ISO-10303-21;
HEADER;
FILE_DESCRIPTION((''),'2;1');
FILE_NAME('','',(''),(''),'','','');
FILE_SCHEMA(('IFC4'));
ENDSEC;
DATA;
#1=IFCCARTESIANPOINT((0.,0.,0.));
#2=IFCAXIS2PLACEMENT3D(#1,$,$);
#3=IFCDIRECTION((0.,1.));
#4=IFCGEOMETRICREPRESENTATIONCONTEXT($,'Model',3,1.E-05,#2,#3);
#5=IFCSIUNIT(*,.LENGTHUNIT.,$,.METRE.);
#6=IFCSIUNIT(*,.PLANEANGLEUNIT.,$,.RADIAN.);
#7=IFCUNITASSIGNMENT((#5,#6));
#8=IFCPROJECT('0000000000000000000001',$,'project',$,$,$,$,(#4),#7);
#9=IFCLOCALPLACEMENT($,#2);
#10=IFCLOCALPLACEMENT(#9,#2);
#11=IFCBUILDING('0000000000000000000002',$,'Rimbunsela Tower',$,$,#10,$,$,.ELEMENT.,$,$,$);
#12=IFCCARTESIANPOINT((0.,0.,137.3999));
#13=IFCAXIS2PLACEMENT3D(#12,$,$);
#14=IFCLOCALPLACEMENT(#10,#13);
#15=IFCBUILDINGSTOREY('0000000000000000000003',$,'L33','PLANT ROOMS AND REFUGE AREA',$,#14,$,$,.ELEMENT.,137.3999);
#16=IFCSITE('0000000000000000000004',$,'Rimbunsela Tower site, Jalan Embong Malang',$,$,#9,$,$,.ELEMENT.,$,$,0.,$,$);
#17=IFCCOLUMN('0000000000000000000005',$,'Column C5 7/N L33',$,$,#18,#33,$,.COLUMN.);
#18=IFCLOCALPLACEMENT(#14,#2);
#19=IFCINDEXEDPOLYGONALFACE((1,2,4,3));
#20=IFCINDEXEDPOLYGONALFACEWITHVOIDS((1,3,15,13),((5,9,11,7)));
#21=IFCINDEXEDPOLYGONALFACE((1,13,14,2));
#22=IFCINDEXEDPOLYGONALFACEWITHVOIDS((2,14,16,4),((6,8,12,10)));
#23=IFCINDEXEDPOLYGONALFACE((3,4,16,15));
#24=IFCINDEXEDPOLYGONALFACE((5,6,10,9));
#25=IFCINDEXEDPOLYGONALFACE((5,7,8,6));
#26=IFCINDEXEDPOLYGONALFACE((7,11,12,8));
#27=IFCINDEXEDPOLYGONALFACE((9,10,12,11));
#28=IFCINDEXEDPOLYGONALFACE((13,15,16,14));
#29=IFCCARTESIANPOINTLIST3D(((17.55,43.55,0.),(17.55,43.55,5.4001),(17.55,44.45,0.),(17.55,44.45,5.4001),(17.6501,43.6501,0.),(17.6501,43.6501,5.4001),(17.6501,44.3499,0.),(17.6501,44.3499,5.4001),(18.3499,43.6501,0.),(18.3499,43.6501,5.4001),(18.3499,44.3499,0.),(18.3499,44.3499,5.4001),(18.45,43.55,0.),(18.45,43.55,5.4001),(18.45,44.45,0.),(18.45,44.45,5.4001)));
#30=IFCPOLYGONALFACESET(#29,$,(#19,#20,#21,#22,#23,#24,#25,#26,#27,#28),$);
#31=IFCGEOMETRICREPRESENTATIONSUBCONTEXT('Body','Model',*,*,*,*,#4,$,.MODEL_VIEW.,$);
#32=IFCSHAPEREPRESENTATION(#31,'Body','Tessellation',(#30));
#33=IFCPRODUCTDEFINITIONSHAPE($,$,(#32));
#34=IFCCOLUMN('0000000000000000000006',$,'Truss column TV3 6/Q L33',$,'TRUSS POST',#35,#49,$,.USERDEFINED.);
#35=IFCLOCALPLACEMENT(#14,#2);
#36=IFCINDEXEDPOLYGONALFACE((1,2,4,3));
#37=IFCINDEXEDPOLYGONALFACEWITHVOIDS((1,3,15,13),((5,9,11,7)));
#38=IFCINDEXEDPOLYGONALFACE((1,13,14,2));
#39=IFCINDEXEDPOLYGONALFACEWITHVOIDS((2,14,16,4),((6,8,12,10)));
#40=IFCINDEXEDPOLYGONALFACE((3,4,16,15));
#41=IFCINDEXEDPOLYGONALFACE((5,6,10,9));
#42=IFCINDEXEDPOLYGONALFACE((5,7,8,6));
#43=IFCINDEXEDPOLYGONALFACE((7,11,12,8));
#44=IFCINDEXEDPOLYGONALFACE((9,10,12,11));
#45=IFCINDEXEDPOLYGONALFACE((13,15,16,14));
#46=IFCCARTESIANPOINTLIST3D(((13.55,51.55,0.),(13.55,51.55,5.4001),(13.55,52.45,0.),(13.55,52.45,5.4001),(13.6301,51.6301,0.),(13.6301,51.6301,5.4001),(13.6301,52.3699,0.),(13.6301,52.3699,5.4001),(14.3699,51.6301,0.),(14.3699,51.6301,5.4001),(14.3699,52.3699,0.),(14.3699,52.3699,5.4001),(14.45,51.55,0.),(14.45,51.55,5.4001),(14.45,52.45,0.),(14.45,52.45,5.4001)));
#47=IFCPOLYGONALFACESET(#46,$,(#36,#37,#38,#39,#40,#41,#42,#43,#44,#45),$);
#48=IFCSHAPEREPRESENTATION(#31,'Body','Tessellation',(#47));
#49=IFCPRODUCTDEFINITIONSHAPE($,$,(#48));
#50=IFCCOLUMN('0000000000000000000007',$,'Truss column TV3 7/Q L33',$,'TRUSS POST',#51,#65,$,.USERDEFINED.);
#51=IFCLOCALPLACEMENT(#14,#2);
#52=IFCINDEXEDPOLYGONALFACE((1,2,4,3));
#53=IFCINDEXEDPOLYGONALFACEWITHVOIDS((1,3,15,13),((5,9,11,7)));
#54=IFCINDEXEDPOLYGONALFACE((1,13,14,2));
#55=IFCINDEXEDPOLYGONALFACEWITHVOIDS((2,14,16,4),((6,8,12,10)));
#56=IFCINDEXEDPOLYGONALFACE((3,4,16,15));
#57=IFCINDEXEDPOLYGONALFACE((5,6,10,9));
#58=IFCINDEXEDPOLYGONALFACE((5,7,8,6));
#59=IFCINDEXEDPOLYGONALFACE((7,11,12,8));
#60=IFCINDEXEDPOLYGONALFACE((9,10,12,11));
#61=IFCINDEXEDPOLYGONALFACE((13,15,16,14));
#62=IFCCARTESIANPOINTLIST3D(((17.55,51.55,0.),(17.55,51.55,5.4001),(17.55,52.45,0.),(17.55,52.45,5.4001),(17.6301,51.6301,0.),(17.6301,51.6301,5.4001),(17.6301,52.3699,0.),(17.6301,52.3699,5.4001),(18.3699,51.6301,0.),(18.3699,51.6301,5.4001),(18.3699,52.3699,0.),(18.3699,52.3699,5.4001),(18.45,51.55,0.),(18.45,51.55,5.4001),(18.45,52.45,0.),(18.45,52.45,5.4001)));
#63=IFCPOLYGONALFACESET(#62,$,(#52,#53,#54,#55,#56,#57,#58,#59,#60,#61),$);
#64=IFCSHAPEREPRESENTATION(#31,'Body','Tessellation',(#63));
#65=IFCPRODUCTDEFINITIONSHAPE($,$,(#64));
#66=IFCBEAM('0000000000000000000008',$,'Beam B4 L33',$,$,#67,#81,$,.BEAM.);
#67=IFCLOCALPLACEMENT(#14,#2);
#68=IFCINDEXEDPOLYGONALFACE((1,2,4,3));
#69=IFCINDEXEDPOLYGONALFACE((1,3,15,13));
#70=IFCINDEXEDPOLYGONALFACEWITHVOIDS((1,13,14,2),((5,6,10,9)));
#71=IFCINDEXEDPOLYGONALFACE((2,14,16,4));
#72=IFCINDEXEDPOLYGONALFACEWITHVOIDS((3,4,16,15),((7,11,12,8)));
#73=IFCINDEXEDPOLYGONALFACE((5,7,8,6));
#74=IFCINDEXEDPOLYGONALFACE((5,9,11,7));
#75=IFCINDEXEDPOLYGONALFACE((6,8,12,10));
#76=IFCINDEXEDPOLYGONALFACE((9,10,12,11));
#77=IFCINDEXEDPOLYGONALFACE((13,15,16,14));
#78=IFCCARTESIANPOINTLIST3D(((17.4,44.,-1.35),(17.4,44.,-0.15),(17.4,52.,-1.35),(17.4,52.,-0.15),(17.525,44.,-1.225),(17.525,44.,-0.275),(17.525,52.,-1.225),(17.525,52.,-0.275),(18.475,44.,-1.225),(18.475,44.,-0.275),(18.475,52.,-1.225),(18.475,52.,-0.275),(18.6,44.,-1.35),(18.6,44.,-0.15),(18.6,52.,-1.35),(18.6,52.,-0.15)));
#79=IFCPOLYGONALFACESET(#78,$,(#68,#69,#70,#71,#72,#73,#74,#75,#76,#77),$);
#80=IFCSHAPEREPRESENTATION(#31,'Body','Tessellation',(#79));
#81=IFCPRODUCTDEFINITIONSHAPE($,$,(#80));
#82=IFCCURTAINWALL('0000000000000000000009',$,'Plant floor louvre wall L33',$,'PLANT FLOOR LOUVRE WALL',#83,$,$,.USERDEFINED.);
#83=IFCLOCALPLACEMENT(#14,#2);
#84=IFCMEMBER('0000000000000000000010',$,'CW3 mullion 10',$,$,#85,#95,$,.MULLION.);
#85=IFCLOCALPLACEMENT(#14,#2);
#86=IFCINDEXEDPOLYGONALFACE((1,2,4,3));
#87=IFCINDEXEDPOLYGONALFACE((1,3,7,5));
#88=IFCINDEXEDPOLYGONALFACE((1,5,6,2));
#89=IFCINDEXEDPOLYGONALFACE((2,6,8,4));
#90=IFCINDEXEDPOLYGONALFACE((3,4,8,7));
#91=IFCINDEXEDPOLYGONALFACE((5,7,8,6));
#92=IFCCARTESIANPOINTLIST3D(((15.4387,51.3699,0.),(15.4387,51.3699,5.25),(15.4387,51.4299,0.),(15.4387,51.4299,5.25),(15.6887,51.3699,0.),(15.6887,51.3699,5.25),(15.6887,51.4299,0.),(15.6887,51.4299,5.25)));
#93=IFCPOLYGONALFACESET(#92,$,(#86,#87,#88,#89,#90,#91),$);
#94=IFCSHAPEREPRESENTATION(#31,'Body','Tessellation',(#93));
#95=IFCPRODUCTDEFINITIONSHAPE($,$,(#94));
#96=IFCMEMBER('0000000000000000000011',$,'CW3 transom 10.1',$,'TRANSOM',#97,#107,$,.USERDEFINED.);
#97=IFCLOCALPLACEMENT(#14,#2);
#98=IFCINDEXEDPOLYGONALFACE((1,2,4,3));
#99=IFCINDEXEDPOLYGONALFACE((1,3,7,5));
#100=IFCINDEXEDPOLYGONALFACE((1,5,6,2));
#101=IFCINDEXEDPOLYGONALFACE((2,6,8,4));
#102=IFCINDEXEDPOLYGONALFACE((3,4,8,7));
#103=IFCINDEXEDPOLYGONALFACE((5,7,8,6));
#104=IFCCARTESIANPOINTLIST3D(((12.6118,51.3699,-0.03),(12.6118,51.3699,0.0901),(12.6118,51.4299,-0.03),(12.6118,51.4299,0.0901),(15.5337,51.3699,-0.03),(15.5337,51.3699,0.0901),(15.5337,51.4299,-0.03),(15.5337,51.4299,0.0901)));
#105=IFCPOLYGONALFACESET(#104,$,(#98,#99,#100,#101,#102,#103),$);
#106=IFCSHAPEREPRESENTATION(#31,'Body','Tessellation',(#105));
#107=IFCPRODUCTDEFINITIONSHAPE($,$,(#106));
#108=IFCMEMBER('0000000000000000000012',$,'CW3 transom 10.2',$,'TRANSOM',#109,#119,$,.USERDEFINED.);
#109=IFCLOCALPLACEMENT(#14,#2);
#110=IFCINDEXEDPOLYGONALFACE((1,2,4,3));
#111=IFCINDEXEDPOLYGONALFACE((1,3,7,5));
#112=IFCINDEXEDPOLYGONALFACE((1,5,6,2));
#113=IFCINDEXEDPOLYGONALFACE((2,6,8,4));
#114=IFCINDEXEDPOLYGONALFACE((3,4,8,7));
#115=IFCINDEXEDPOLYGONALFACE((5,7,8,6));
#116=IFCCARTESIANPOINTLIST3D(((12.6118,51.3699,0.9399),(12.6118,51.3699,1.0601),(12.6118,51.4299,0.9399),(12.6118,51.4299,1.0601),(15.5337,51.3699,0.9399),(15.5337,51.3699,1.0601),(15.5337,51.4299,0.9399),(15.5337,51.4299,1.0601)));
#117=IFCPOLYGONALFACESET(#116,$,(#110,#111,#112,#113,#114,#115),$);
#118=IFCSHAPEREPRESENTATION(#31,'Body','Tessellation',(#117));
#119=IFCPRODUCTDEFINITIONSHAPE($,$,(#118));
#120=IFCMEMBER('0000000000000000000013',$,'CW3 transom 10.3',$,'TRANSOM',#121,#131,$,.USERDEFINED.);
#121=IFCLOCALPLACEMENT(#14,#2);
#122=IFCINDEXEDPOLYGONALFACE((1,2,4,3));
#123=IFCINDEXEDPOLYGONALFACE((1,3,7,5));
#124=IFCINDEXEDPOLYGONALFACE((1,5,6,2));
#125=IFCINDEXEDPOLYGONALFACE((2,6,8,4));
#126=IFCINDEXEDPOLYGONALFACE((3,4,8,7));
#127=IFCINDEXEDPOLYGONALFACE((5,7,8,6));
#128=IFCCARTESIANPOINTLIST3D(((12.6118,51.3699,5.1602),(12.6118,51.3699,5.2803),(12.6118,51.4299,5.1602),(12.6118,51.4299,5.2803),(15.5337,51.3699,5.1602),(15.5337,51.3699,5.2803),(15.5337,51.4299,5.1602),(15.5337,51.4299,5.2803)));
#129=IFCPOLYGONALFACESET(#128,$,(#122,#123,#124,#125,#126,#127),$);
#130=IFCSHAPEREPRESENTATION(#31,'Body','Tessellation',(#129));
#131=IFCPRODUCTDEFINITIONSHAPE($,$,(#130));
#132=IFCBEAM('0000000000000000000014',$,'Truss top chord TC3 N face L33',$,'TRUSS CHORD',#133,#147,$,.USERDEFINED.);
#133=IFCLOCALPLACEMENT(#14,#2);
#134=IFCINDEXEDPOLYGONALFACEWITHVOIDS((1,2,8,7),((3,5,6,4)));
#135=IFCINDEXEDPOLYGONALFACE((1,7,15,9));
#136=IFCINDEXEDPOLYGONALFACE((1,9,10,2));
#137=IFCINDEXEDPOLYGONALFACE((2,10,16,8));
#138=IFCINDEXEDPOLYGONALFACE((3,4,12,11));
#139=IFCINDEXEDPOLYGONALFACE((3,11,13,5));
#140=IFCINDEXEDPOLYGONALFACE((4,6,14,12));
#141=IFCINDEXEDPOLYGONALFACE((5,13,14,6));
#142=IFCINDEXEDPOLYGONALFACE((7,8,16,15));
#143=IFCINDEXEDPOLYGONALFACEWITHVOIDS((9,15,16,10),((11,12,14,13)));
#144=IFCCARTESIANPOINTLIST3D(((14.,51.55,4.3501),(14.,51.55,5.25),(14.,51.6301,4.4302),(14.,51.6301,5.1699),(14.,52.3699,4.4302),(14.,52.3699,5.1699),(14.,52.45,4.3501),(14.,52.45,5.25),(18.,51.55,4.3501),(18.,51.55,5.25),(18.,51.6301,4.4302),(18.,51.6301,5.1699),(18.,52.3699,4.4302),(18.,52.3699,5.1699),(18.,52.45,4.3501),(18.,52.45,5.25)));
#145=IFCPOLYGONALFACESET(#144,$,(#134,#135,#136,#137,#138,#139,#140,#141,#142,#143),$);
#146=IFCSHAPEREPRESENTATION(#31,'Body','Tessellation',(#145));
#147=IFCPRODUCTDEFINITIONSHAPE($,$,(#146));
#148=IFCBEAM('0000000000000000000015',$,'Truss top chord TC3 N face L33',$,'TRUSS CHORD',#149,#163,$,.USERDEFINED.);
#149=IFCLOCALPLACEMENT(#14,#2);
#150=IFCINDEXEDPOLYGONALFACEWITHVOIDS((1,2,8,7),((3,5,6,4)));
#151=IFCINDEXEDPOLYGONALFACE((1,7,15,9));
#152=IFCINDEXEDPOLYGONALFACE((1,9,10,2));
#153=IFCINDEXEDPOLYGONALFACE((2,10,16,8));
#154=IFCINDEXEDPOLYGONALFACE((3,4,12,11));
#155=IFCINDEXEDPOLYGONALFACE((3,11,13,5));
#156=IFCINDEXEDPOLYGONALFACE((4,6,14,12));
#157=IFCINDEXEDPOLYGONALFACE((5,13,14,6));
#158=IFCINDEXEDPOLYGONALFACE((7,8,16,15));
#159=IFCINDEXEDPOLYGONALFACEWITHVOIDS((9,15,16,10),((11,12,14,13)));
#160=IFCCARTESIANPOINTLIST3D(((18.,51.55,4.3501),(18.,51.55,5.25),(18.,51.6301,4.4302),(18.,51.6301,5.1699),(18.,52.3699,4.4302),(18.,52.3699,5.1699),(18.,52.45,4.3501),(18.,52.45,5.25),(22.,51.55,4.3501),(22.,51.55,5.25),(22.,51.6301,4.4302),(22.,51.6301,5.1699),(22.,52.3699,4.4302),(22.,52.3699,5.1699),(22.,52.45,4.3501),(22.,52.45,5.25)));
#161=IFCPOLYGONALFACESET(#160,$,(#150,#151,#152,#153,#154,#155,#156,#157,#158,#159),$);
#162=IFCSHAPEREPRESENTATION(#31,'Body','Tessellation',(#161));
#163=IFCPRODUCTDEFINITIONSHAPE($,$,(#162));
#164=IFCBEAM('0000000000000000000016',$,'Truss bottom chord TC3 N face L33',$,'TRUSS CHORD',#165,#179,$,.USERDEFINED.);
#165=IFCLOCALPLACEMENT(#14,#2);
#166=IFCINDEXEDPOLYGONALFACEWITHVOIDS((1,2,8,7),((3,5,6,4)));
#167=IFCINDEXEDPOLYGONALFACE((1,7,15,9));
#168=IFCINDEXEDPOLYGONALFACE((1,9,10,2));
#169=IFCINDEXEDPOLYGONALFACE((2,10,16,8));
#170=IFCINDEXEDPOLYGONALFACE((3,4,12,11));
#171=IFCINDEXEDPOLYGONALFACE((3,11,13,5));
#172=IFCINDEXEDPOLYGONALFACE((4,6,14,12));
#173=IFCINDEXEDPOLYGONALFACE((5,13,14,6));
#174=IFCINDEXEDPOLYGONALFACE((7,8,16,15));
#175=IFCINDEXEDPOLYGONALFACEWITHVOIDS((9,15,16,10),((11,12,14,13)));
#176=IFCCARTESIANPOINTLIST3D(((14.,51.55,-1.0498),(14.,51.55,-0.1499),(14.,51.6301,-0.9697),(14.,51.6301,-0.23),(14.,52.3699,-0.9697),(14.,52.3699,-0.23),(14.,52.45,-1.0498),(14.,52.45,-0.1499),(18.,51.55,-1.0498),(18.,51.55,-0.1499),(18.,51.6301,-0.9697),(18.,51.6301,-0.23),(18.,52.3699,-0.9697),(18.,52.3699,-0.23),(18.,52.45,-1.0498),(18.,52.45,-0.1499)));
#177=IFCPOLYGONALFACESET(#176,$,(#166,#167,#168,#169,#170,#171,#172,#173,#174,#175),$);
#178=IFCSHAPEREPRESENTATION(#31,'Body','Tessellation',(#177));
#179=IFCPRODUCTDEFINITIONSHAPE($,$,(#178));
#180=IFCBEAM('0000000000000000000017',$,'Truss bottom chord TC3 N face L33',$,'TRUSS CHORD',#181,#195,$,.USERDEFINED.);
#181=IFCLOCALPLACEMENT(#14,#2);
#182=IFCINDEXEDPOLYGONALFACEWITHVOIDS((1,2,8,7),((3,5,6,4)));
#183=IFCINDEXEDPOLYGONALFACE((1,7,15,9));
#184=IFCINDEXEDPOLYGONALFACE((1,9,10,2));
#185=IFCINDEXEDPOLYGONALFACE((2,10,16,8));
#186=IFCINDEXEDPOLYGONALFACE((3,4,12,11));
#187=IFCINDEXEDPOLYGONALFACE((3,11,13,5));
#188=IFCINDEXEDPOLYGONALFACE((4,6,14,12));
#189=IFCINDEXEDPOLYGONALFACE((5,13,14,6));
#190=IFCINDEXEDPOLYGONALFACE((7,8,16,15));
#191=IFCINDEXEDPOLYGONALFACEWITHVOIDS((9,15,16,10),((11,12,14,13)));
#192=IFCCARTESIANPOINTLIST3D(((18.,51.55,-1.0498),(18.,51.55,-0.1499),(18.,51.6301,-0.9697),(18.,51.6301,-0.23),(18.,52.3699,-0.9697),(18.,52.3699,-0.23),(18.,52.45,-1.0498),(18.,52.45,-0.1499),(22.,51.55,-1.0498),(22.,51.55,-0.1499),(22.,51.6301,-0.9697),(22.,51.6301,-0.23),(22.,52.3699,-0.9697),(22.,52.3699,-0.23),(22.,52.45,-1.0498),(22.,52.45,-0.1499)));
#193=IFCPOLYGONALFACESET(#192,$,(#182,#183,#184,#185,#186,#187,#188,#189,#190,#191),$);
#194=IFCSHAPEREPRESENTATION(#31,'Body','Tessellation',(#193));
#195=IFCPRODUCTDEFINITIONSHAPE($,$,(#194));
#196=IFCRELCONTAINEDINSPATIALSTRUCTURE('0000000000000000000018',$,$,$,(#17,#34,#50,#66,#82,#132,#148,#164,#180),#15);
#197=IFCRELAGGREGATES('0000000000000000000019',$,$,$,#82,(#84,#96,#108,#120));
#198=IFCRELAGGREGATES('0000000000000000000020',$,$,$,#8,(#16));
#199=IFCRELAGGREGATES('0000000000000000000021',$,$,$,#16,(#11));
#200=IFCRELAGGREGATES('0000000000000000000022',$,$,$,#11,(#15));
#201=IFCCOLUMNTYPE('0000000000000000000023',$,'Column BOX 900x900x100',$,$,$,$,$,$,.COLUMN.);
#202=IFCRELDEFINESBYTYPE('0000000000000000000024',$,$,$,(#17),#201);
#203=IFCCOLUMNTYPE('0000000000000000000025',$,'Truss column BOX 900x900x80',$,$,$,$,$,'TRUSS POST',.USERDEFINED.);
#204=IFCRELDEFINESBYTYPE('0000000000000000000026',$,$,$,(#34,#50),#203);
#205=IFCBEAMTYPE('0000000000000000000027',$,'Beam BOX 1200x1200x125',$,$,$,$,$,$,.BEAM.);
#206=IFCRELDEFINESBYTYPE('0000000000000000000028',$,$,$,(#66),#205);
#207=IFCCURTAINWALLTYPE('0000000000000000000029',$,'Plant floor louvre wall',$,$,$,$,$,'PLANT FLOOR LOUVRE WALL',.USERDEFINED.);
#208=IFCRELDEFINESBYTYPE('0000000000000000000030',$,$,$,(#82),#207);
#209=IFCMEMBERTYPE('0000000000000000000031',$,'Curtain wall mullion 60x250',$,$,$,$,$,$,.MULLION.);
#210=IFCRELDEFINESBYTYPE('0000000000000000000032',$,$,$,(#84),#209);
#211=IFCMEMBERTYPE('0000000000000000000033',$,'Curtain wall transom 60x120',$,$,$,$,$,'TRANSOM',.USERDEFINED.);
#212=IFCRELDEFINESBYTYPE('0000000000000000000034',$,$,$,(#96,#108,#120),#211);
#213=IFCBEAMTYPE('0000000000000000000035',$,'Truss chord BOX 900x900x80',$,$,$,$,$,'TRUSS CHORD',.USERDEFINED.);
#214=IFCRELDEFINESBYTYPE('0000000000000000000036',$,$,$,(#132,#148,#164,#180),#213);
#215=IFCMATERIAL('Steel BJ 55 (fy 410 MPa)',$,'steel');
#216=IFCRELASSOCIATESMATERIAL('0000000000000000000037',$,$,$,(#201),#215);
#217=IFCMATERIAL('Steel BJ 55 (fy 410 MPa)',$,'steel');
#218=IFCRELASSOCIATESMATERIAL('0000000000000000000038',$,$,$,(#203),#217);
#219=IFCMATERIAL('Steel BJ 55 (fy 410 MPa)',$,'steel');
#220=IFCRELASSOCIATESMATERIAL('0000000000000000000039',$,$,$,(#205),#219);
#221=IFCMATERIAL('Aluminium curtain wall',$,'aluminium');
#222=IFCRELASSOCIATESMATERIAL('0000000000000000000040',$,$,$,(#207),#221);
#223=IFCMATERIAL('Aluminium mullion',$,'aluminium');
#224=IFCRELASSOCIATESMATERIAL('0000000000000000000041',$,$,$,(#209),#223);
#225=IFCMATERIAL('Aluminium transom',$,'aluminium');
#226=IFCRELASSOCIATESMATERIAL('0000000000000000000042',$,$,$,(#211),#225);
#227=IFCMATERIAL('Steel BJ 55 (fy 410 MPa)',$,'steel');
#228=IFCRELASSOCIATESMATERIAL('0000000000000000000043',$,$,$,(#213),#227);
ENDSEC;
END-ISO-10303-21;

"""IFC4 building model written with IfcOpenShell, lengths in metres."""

from ifc_helpers import new_model, si_unit, direction, frame, origin, origin_2d, place, context, subcontext, project, spatial, rectangle, hollow_rectangle, extrude, material, material_profile, profile_set, type_object, element, aggregate, save


model = new_model("IFC4")

# Units and contexts
model_context = context("Model", 3, precision=1e-05, world=origin(), true_north=direction((0.0, 1.0)))
body_context = subcontext(model_context, "Body", "Model", "MODEL_VIEW")
ifc_project = project(units=[si_unit("LENGTHUNIT", "METRE"), si_unit("PLANEANGLEUNIT", "RADIAN")], contexts=[model_context])

# Site, building, storey
site_placement = place(None, origin())
site = spatial("IfcSite", under=ifc_project, at=site_placement, Name="Rimbunsela Tower site, Jalan Embong Malang", CompositionType="ELEMENT", RefElevation=0.0)
building_placement = place(site_placement, origin())
building = spatial("IfcBuilding", under=site, at=building_placement, Name="Rimbunsela Tower", CompositionType="ELEMENT")
storey_placement = place(building_placement, frame((0.0, 0.0, 137.3999)))
storey = spatial("IfcBuildingStorey", under=building, at=storey_placement, Name="L33", Description="PLANT ROOMS AND REFUGE AREA", CompositionType="ELEMENT", Elevation=137.3999)

# Columns
ifc_material_1 = material(Name="Steel BJ 55 (fy 410 MPa)", Category="steel")
ifc_material_profile_1 = material_profile(ifc_material_1, hollow_rectangle(XDim=0.8999, YDim=0.8999, WallThickness=0.1001, at=origin_2d()), Name="BOX 900x900x100")
ifc_profile_set_1 = profile_set([ifc_material_profile_1], Name="Steel BJ 55 (fy 410 MPa)")
column_type_1 = type_object("IfcColumnType", Name="Column BOX 900x900x100", PredefinedType="COLUMN", material=ifc_profile_set_1)
column_placement = place(storey_placement, frame((18.0, 44.0, 0.0), z_axis=(0.0, 0.0, 1.0), x_axis=(1.0, 0.0, 0.0)))
element("IfcColumn", 1, at=column_placement, inside=storey, type_object=column_type_1, Name="Column C5 7/N L33", PredefinedType="COLUMN", context=body_context, shape_type="SweptSolid", body=[
    extrude(hollow_rectangle(XDim=0.8999, YDim=0.8999, WallThickness=0.1001, at=origin_2d()), origin(), (0.0, 0.0, 1.0), 5.4001),
])
ifc_material_2 = material(Name="Steel BJ 55 (fy 410 MPa)", Category="steel")
ifc_material_profile_2 = material_profile(ifc_material_2, hollow_rectangle(XDim=0.8999, YDim=0.8999, WallThickness=0.0801, at=origin_2d()), Name="BOX 900x900x80")
ifc_profile_set_2 = profile_set([ifc_material_profile_2], Name="Steel BJ 55 (fy 410 MPa)")
column_type_2 = type_object("IfcColumnType", Name="Truss column BOX 900x900x80", ElementType="TRUSS POST", PredefinedType="USERDEFINED", material=ifc_profile_set_2)
for number, where, z_axis, x_axis, name in (
    (2, (14.0, 52.0, 0.0), (0.0, 0.0, 1.0), (1.0, 0.0, 0.0), "Truss column TV3 6/Q L33"),
    (3, (18.0, 52.0, 0.0), (0.0, 0.0, 1.0), (1.0, 0.0, 0.0), "Truss column TV3 7/Q L33"),
):
    element("IfcColumn", number, at=place(storey_placement, frame(where, z_axis=z_axis, x_axis=x_axis)), inside=storey, type_object=column_type_2, Name=name, ObjectType="TRUSS POST", PredefinedType="USERDEFINED", context=body_context, shape_type="SweptSolid", body=[
        extrude(hollow_rectangle(XDim=0.8999, YDim=0.8999, WallThickness=0.0801, at=origin_2d()), origin(), (0.0, 0.0, 1.0), 5.4001),
    ])

# Beam
ifc_material_3 = material(Name="Steel BJ 55 (fy 410 MPa)", Category="steel")
ifc_material_profile_3 = material_profile(ifc_material_3, hollow_rectangle(XDim=1.2, YDim=1.2, WallThickness=0.125, at=origin_2d()), Name="BOX 1200x1200x125")
ifc_profile_set_3 = profile_set([ifc_material_profile_3], Name="Steel BJ 55 (fy 410 MPa)")
beam_type_1 = type_object("IfcBeamType", Name="Beam BOX 1200x1200x125", PredefinedType="BEAM", material=ifc_profile_set_3)
beam_placement = place(storey_placement, frame((18.0, 44.0, -0.75), z_axis=(0.0, 1.0, 0.0), x_axis=(-1.0, 0.0, 0.0)))
element("IfcBeam", 4, at=beam_placement, inside=storey, type_object=beam_type_1, Name="Beam B4 L33", PredefinedType="BEAM", context=body_context, shape_type="SweptSolid", body=[
    extrude(hollow_rectangle(XDim=1.2, YDim=1.2, WallThickness=0.125, at=origin_2d()), origin(), (0.0, 0.0, 1.0), 8.0),
])

# Curtain wall, members
ifc_material_4 = material(Name="Aluminium curtain wall", Category="aluminium")
curtain_wall_type = type_object("IfcCurtainWallType", Name="Plant floor louvre wall", ElementType="PLANT FLOOR LOUVRE WALL", PredefinedType="USERDEFINED", material=ifc_material_4)
curtain_wall_placement = place(storey_placement, origin())
curtain_wall = element("IfcCurtainWall", 5, at=curtain_wall_placement, inside=storey, type_object=curtain_wall_type, Name="Plant floor louvre wall L33", ObjectType="PLANT FLOOR LOUVRE WALL", PredefinedType="USERDEFINED")
ifc_material_5 = material(Name="Aluminium mullion", Category="aluminium")
ifc_material_profile_4 = material_profile(ifc_material_5, rectangle(XDim=0.0601, YDim=0.25, at=origin_2d()), Name="Mullion 60x250")
ifc_profile_set_4 = profile_set([ifc_material_profile_4], Name="Aluminium mullion")
member_type_1 = type_object("IfcMemberType", Name="Curtain wall mullion 60x250", PredefinedType="MULLION", material=ifc_profile_set_4)
member_1_placement = place(storey_placement, frame((15.5637, 51.3999, 0.0), z_axis=(0.0, 0.0, 1.0), x_axis=(0.0, -1.0, 0.0)))
member_1 = element("IfcMember", 6, at=member_1_placement, type_object=member_type_1, Name="CW3 mullion 10", PredefinedType="MULLION", context=body_context, shape_type="SweptSolid", body=[
    extrude(rectangle(XDim=0.0601, YDim=0.25, at=origin_2d()), origin(), (0.0, 0.0, 1.0), 5.25),
])
ifc_material_6 = material(Name="Aluminium transom", Category="aluminium")
ifc_material_profile_5 = material_profile(ifc_material_6, rectangle(XDim=0.0601, YDim=0.1201, at=origin_2d()), Name="Transom 60x120")
ifc_profile_set_5 = profile_set([ifc_material_profile_5], Name="Aluminium transom")
member_type_2 = type_object("IfcMemberType", Name="Curtain wall transom 60x120", ElementType="TRANSOM", PredefinedType="USERDEFINED", material=ifc_profile_set_5)
member_2_placement = place(storey_placement, frame((15.5337, 51.3999, 0.03), z_axis=(-1.0, 0.0, 0.0), x_axis=(0.0, -1.0, 0.0)))
member_2 = element("IfcMember", 7, at=member_2_placement, type_object=member_type_2, Name="CW3 transom 10.1", ObjectType="TRANSOM", PredefinedType="USERDEFINED", context=body_context, shape_type="SweptSolid", body=[
    extrude(rectangle(XDim=0.0601, YDim=0.1201, at=origin_2d()), origin(), (0.0, 0.0, 1.0), 2.9219),
])
member_3_placement = place(storey_placement, frame((15.5337, 51.3999, 1.0), z_axis=(-1.0, 0.0, 0.0), x_axis=(0.0, -1.0, 0.0)))
member_3 = element("IfcMember", 8, at=member_3_placement, type_object=member_type_2, Name="CW3 transom 10.2", ObjectType="TRANSOM", PredefinedType="USERDEFINED", context=body_context, shape_type="SweptSolid", body=[
    extrude(rectangle(XDim=0.0601, YDim=0.1201, at=origin_2d()), origin(), (0.0, 0.0, 1.0), 2.9219),
])
member_4_placement = place(storey_placement, frame((15.5337, 51.3999, 5.2202), z_axis=(-1.0, 0.0, 0.0), x_axis=(0.0, -1.0, 0.0)))
member_4 = element("IfcMember", 9, at=member_4_placement, type_object=member_type_2, Name="CW3 transom 10.3", ObjectType="TRANSOM", PredefinedType="USERDEFINED", context=body_context, shape_type="SweptSolid", body=[
    extrude(rectangle(XDim=0.0601, YDim=0.1201, at=origin_2d()), origin(), (0.0, 0.0, 1.0), 2.9219),
])

# Beams
ifc_material_7 = material(Name="Steel BJ 55 (fy 410 MPa)", Category="steel")
ifc_material_profile_6 = material_profile(ifc_material_7, hollow_rectangle(XDim=0.8999, YDim=0.8999, WallThickness=0.0801, at=origin_2d()), Name="BOX 900x900x80")
ifc_profile_set_6 = profile_set([ifc_material_profile_6], Name="Steel BJ 55 (fy 410 MPa)")
beam_type_2 = type_object("IfcBeamType", Name="Truss chord BOX 900x900x80", ElementType="TRUSS CHORD", PredefinedType="USERDEFINED", material=ifc_profile_set_6)
for number, where, z_axis, x_axis, name in (
    (10, (14.0, 52.0, 4.8), (1.0, 0.0, 0.0), (0.0, 1.0, 0.0), "Truss top chord TC3 N face L33"),
    (11, (18.0, 52.0, 4.8), (1.0, 0.0, 0.0), (0.0, 1.0, 0.0), "Truss top chord TC3 N face L33"),
    (12, (14.0, 52.0, -0.5999), (1.0, 0.0, 0.0), (0.0, 1.0, 0.0), "Truss bottom chord TC3 N face L33"),
    (13, (18.0, 52.0, -0.5999), (1.0, 0.0, 0.0), (0.0, 1.0, 0.0), "Truss bottom chord TC3 N face L33"),
):
    element("IfcBeam", number, at=place(storey_placement, frame(where, z_axis=z_axis, x_axis=x_axis)), inside=storey, type_object=beam_type_2, Name=name, ObjectType="TRUSS CHORD", PredefinedType="USERDEFINED", context=body_context, shape_type="SweptSolid", body=[
        extrude(hollow_rectangle(XDim=0.8999, YDim=0.8999, WallThickness=0.0801, at=origin_2d()), origin(), (0.0, 0.0, 1.0), 4.0),
    ])

aggregate(curtain_wall, [member_1, member_2, member_3, member_4])

save(model, "model.ifc")
